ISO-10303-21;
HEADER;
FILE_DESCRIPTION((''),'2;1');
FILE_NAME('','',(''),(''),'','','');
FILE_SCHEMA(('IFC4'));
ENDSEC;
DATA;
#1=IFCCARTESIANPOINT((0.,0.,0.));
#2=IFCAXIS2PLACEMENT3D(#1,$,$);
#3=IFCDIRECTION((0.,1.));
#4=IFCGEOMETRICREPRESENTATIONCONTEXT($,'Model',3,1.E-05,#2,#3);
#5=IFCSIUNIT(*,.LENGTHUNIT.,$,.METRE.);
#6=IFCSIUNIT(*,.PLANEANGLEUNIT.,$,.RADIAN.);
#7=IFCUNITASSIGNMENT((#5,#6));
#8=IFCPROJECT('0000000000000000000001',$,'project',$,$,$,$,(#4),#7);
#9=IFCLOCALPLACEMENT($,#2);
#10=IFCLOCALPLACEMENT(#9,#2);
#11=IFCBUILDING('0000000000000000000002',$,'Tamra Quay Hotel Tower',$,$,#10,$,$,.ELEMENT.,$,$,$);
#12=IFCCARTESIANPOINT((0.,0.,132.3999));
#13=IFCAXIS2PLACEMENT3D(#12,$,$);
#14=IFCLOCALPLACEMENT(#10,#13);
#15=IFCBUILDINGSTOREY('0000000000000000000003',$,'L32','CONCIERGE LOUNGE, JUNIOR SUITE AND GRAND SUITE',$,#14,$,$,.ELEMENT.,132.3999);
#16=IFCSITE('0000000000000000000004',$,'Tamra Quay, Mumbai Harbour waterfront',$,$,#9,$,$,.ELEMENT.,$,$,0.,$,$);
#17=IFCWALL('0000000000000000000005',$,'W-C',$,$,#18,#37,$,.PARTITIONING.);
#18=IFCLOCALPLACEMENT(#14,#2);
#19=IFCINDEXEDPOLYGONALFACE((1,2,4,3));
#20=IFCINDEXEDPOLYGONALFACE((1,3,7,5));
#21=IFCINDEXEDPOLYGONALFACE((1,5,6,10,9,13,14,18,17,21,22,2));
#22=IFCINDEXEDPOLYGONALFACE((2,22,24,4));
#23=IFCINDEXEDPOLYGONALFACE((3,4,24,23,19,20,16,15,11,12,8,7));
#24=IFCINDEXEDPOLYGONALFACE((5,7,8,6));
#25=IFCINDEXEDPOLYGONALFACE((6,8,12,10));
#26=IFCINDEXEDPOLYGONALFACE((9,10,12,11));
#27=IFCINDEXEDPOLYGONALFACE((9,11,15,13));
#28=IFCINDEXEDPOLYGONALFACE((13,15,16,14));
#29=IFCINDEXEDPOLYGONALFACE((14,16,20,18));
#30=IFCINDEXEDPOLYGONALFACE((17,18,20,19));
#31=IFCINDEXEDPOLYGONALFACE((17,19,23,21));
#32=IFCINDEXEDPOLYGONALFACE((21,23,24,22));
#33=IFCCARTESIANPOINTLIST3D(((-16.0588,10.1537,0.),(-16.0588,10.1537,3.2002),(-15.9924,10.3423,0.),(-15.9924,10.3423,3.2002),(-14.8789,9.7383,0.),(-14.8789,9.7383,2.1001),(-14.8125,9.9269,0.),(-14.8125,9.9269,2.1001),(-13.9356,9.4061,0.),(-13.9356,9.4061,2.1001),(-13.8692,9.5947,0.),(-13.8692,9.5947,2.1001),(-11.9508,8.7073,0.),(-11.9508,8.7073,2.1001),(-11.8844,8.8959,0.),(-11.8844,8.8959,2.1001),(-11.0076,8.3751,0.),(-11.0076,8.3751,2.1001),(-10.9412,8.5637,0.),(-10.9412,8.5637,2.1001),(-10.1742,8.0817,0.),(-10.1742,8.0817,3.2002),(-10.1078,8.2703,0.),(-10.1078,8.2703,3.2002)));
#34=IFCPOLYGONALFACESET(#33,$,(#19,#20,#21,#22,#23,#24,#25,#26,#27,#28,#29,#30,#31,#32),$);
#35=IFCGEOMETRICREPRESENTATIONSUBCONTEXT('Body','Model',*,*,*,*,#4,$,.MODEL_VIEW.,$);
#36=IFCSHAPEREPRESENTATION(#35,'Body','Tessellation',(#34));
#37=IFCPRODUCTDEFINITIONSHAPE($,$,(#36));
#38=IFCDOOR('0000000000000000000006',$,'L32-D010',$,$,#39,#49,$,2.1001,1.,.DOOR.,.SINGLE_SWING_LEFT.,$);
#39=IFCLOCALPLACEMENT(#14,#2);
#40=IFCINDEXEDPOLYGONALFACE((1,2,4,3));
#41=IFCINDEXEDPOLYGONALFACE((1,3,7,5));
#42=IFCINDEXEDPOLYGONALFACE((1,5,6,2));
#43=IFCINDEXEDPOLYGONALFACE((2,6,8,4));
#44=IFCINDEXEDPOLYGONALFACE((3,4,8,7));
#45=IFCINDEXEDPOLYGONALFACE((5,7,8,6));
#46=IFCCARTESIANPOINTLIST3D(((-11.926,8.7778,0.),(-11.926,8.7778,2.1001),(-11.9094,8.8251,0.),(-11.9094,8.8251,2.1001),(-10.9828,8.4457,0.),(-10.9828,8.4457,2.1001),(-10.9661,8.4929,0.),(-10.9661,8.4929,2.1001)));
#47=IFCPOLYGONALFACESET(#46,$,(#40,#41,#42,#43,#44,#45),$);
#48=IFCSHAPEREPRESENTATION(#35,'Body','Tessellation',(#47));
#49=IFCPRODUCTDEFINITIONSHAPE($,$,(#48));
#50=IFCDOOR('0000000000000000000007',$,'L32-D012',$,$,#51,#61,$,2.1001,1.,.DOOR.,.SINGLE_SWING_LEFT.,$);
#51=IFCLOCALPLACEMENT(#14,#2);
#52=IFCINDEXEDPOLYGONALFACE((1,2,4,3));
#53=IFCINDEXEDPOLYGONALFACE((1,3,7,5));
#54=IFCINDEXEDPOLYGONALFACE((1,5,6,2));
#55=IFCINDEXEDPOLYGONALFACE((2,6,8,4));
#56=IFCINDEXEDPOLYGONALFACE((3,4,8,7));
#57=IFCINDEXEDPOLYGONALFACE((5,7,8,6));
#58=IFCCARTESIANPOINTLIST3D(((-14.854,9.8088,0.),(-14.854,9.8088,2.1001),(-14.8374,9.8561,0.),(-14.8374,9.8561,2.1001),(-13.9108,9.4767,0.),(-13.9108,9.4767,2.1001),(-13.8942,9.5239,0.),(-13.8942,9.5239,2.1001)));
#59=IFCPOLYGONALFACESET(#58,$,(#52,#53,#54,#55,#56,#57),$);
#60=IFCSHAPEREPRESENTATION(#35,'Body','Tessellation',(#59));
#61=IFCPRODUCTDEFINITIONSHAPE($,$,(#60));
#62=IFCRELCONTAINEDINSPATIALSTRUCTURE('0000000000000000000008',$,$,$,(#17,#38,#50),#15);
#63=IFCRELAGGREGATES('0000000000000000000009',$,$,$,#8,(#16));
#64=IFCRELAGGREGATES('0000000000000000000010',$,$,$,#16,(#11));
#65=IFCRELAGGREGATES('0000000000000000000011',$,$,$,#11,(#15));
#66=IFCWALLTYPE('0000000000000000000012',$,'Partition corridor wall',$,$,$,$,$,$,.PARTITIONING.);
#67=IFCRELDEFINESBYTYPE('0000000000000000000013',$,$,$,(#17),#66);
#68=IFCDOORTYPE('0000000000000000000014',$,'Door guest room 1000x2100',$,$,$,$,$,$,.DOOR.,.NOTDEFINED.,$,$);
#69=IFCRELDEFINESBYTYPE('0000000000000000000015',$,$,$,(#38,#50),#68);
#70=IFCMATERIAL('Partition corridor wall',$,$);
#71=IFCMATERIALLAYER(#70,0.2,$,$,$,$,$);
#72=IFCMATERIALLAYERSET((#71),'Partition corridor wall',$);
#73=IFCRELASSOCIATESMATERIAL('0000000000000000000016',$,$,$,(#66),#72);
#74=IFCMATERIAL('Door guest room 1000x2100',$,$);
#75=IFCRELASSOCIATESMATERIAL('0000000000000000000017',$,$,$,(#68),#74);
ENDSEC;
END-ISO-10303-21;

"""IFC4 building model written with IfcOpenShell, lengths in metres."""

from ifc_helpers import new_model, si_unit, direction, frame, frame_2d, origin, place, context, subcontext, project, spatial, rectangle, extrude, material, layer, layer_set, type_object, element, fill, save


model = new_model("IFC4")

# Units and contexts
model_context = context("Model", 3, precision=1e-05, world=origin(), true_north=direction((0.0, 1.0)))
body_context = subcontext(model_context, "Body", "Model", "MODEL_VIEW")
ifc_project = project(units=[si_unit("LENGTHUNIT", "METRE"), si_unit("PLANEANGLEUNIT", "RADIAN")], contexts=[model_context])

# Site, building, storey
site_placement = place(None, origin())
site = spatial("IfcSite", under=ifc_project, at=site_placement, Name="Tamra Quay, Mumbai Harbour waterfront", CompositionType="ELEMENT", RefElevation=0.0)
building_placement = place(site_placement, origin())
building = spatial("IfcBuilding", under=site, at=building_placement, Name="Tamra Quay Hotel Tower", CompositionType="ELEMENT")
storey_placement = place(building_placement, frame((0.0, 0.0, 132.3999)))
storey = spatial("IfcBuildingStorey", under=building, at=storey_placement, Name="L32", Description="CONCIERGE LOUNGE, JUNIOR SUITE AND GRAND SUITE", CompositionType="ELEMENT", Elevation=132.3999)

# Shared definitions
ifc_material_1 = material(Name="Partition corridor wall")
ifc_layer_1 = layer(ifc_material_1, 0.2)
ifc_layer_set_1 = layer_set([ifc_layer_1], Name="Partition corridor wall")
wall_type_1 = type_object("IfcWallType", Name="Partition corridor wall", PredefinedType="PARTITIONING", material=ifc_layer_set_1)

# Shared definitions
ifc_material_2 = material(Name="Door guest room 1000x2100")
door_type_1 = type_object("IfcDoorType", Name="Door guest room 1000x2100", OperationType="NOTDEFINED", PredefinedType="DOOR", material=ifc_material_2)

# Wall, openings, doors
wall_1_placement = place(storey_placement, frame((-16.0256, 10.248, 0.0), z_axis=(0.0, 0.0, 1.0), x_axis=(0.943235, -0.332126, 0.0)))
wall_1 = element("IfcWall", 1, at=wall_1_placement, inside=storey, type_object=wall_type_1, Name="W-C", PredefinedType="PARTITIONING", context=body_context, shape_type="SweptSolid", body=[
    extrude(rectangle(XDim=6.2388, YDim=0.2, at=frame_2d((3.1194, 0.0))), origin(), (0.0, 0.0, 1.0), 3.2002),
])
opening_1_placement = place(wall_1_placement, frame((4.3552, 0.0, 0.0)))
opening_1 = element("IfcOpeningElement", 2, at=opening_1_placement, cuts=wall_1, PredefinedType="OPENING", context=body_context, shape_type="SweptSolid", body=[
    extrude(rectangle(XDim=1.0, YDim=2.1001, at=frame_2d((0.5, 1.05))), frame((0.0, 0.1099, 0.0), z_axis=(0.0, -1.0, 0.0), x_axis=(1.0, 0.0, 0.0)), (0.0, 0.0, 1.0), 0.22),
])
opening_2_placement = place(wall_1_placement, frame((1.251, 0.0, 0.0)))
opening_2 = element("IfcOpeningElement", 3, at=opening_2_placement, cuts=wall_1, PredefinedType="OPENING", context=body_context, shape_type="SweptSolid", body=[
    extrude(rectangle(XDim=1.0, YDim=2.1001, at=frame_2d((0.5, 1.05))), frame((0.0, 0.1099, 0.0), z_axis=(0.0, -1.0, 0.0), x_axis=(1.0, 0.0, 0.0)), (0.0, 0.0, 1.0), 0.22),
])
door_1_placement = place(opening_1_placement, origin())
door_1 = element("IfcDoor", 4, at=door_1_placement, inside=storey, type_object=door_type_1, Name="L32-D010", OperationType="SINGLE_SWING_LEFT", OverallHeight=2.1001, OverallWidth=1.0, PredefinedType="DOOR", context=body_context, shape_type="SweptSolid", body=[
    extrude(rectangle(XDim=1.0, YDim=2.1001, at=frame_2d((0.5, 1.05))), frame((0.0, 0.0249, 0.0), z_axis=(0.0, -1.0, 0.0), x_axis=(1.0, 0.0, 0.0)), (0.0, 0.0, 1.0), 0.05),
])
fill(opening_1, door_1)
door_2_placement = place(opening_2_placement, origin())
door_2 = element("IfcDoor", 5, at=door_2_placement, inside=storey, type_object=door_type_1, Name="L32-D012", OperationType="SINGLE_SWING_LEFT", OverallHeight=2.1001, OverallWidth=1.0, PredefinedType="DOOR", context=body_context, shape_type="SweptSolid", body=[
    extrude(rectangle(XDim=1.0, YDim=2.1001, at=frame_2d((0.5, 1.05))), frame((0.0, 0.0249, 0.0), z_axis=(0.0, -1.0, 0.0), x_axis=(1.0, 0.0, 0.0)), (0.0, 0.0, 1.0), 0.05),
])
fill(opening_2, door_2)

save(model, "model.ifc")
